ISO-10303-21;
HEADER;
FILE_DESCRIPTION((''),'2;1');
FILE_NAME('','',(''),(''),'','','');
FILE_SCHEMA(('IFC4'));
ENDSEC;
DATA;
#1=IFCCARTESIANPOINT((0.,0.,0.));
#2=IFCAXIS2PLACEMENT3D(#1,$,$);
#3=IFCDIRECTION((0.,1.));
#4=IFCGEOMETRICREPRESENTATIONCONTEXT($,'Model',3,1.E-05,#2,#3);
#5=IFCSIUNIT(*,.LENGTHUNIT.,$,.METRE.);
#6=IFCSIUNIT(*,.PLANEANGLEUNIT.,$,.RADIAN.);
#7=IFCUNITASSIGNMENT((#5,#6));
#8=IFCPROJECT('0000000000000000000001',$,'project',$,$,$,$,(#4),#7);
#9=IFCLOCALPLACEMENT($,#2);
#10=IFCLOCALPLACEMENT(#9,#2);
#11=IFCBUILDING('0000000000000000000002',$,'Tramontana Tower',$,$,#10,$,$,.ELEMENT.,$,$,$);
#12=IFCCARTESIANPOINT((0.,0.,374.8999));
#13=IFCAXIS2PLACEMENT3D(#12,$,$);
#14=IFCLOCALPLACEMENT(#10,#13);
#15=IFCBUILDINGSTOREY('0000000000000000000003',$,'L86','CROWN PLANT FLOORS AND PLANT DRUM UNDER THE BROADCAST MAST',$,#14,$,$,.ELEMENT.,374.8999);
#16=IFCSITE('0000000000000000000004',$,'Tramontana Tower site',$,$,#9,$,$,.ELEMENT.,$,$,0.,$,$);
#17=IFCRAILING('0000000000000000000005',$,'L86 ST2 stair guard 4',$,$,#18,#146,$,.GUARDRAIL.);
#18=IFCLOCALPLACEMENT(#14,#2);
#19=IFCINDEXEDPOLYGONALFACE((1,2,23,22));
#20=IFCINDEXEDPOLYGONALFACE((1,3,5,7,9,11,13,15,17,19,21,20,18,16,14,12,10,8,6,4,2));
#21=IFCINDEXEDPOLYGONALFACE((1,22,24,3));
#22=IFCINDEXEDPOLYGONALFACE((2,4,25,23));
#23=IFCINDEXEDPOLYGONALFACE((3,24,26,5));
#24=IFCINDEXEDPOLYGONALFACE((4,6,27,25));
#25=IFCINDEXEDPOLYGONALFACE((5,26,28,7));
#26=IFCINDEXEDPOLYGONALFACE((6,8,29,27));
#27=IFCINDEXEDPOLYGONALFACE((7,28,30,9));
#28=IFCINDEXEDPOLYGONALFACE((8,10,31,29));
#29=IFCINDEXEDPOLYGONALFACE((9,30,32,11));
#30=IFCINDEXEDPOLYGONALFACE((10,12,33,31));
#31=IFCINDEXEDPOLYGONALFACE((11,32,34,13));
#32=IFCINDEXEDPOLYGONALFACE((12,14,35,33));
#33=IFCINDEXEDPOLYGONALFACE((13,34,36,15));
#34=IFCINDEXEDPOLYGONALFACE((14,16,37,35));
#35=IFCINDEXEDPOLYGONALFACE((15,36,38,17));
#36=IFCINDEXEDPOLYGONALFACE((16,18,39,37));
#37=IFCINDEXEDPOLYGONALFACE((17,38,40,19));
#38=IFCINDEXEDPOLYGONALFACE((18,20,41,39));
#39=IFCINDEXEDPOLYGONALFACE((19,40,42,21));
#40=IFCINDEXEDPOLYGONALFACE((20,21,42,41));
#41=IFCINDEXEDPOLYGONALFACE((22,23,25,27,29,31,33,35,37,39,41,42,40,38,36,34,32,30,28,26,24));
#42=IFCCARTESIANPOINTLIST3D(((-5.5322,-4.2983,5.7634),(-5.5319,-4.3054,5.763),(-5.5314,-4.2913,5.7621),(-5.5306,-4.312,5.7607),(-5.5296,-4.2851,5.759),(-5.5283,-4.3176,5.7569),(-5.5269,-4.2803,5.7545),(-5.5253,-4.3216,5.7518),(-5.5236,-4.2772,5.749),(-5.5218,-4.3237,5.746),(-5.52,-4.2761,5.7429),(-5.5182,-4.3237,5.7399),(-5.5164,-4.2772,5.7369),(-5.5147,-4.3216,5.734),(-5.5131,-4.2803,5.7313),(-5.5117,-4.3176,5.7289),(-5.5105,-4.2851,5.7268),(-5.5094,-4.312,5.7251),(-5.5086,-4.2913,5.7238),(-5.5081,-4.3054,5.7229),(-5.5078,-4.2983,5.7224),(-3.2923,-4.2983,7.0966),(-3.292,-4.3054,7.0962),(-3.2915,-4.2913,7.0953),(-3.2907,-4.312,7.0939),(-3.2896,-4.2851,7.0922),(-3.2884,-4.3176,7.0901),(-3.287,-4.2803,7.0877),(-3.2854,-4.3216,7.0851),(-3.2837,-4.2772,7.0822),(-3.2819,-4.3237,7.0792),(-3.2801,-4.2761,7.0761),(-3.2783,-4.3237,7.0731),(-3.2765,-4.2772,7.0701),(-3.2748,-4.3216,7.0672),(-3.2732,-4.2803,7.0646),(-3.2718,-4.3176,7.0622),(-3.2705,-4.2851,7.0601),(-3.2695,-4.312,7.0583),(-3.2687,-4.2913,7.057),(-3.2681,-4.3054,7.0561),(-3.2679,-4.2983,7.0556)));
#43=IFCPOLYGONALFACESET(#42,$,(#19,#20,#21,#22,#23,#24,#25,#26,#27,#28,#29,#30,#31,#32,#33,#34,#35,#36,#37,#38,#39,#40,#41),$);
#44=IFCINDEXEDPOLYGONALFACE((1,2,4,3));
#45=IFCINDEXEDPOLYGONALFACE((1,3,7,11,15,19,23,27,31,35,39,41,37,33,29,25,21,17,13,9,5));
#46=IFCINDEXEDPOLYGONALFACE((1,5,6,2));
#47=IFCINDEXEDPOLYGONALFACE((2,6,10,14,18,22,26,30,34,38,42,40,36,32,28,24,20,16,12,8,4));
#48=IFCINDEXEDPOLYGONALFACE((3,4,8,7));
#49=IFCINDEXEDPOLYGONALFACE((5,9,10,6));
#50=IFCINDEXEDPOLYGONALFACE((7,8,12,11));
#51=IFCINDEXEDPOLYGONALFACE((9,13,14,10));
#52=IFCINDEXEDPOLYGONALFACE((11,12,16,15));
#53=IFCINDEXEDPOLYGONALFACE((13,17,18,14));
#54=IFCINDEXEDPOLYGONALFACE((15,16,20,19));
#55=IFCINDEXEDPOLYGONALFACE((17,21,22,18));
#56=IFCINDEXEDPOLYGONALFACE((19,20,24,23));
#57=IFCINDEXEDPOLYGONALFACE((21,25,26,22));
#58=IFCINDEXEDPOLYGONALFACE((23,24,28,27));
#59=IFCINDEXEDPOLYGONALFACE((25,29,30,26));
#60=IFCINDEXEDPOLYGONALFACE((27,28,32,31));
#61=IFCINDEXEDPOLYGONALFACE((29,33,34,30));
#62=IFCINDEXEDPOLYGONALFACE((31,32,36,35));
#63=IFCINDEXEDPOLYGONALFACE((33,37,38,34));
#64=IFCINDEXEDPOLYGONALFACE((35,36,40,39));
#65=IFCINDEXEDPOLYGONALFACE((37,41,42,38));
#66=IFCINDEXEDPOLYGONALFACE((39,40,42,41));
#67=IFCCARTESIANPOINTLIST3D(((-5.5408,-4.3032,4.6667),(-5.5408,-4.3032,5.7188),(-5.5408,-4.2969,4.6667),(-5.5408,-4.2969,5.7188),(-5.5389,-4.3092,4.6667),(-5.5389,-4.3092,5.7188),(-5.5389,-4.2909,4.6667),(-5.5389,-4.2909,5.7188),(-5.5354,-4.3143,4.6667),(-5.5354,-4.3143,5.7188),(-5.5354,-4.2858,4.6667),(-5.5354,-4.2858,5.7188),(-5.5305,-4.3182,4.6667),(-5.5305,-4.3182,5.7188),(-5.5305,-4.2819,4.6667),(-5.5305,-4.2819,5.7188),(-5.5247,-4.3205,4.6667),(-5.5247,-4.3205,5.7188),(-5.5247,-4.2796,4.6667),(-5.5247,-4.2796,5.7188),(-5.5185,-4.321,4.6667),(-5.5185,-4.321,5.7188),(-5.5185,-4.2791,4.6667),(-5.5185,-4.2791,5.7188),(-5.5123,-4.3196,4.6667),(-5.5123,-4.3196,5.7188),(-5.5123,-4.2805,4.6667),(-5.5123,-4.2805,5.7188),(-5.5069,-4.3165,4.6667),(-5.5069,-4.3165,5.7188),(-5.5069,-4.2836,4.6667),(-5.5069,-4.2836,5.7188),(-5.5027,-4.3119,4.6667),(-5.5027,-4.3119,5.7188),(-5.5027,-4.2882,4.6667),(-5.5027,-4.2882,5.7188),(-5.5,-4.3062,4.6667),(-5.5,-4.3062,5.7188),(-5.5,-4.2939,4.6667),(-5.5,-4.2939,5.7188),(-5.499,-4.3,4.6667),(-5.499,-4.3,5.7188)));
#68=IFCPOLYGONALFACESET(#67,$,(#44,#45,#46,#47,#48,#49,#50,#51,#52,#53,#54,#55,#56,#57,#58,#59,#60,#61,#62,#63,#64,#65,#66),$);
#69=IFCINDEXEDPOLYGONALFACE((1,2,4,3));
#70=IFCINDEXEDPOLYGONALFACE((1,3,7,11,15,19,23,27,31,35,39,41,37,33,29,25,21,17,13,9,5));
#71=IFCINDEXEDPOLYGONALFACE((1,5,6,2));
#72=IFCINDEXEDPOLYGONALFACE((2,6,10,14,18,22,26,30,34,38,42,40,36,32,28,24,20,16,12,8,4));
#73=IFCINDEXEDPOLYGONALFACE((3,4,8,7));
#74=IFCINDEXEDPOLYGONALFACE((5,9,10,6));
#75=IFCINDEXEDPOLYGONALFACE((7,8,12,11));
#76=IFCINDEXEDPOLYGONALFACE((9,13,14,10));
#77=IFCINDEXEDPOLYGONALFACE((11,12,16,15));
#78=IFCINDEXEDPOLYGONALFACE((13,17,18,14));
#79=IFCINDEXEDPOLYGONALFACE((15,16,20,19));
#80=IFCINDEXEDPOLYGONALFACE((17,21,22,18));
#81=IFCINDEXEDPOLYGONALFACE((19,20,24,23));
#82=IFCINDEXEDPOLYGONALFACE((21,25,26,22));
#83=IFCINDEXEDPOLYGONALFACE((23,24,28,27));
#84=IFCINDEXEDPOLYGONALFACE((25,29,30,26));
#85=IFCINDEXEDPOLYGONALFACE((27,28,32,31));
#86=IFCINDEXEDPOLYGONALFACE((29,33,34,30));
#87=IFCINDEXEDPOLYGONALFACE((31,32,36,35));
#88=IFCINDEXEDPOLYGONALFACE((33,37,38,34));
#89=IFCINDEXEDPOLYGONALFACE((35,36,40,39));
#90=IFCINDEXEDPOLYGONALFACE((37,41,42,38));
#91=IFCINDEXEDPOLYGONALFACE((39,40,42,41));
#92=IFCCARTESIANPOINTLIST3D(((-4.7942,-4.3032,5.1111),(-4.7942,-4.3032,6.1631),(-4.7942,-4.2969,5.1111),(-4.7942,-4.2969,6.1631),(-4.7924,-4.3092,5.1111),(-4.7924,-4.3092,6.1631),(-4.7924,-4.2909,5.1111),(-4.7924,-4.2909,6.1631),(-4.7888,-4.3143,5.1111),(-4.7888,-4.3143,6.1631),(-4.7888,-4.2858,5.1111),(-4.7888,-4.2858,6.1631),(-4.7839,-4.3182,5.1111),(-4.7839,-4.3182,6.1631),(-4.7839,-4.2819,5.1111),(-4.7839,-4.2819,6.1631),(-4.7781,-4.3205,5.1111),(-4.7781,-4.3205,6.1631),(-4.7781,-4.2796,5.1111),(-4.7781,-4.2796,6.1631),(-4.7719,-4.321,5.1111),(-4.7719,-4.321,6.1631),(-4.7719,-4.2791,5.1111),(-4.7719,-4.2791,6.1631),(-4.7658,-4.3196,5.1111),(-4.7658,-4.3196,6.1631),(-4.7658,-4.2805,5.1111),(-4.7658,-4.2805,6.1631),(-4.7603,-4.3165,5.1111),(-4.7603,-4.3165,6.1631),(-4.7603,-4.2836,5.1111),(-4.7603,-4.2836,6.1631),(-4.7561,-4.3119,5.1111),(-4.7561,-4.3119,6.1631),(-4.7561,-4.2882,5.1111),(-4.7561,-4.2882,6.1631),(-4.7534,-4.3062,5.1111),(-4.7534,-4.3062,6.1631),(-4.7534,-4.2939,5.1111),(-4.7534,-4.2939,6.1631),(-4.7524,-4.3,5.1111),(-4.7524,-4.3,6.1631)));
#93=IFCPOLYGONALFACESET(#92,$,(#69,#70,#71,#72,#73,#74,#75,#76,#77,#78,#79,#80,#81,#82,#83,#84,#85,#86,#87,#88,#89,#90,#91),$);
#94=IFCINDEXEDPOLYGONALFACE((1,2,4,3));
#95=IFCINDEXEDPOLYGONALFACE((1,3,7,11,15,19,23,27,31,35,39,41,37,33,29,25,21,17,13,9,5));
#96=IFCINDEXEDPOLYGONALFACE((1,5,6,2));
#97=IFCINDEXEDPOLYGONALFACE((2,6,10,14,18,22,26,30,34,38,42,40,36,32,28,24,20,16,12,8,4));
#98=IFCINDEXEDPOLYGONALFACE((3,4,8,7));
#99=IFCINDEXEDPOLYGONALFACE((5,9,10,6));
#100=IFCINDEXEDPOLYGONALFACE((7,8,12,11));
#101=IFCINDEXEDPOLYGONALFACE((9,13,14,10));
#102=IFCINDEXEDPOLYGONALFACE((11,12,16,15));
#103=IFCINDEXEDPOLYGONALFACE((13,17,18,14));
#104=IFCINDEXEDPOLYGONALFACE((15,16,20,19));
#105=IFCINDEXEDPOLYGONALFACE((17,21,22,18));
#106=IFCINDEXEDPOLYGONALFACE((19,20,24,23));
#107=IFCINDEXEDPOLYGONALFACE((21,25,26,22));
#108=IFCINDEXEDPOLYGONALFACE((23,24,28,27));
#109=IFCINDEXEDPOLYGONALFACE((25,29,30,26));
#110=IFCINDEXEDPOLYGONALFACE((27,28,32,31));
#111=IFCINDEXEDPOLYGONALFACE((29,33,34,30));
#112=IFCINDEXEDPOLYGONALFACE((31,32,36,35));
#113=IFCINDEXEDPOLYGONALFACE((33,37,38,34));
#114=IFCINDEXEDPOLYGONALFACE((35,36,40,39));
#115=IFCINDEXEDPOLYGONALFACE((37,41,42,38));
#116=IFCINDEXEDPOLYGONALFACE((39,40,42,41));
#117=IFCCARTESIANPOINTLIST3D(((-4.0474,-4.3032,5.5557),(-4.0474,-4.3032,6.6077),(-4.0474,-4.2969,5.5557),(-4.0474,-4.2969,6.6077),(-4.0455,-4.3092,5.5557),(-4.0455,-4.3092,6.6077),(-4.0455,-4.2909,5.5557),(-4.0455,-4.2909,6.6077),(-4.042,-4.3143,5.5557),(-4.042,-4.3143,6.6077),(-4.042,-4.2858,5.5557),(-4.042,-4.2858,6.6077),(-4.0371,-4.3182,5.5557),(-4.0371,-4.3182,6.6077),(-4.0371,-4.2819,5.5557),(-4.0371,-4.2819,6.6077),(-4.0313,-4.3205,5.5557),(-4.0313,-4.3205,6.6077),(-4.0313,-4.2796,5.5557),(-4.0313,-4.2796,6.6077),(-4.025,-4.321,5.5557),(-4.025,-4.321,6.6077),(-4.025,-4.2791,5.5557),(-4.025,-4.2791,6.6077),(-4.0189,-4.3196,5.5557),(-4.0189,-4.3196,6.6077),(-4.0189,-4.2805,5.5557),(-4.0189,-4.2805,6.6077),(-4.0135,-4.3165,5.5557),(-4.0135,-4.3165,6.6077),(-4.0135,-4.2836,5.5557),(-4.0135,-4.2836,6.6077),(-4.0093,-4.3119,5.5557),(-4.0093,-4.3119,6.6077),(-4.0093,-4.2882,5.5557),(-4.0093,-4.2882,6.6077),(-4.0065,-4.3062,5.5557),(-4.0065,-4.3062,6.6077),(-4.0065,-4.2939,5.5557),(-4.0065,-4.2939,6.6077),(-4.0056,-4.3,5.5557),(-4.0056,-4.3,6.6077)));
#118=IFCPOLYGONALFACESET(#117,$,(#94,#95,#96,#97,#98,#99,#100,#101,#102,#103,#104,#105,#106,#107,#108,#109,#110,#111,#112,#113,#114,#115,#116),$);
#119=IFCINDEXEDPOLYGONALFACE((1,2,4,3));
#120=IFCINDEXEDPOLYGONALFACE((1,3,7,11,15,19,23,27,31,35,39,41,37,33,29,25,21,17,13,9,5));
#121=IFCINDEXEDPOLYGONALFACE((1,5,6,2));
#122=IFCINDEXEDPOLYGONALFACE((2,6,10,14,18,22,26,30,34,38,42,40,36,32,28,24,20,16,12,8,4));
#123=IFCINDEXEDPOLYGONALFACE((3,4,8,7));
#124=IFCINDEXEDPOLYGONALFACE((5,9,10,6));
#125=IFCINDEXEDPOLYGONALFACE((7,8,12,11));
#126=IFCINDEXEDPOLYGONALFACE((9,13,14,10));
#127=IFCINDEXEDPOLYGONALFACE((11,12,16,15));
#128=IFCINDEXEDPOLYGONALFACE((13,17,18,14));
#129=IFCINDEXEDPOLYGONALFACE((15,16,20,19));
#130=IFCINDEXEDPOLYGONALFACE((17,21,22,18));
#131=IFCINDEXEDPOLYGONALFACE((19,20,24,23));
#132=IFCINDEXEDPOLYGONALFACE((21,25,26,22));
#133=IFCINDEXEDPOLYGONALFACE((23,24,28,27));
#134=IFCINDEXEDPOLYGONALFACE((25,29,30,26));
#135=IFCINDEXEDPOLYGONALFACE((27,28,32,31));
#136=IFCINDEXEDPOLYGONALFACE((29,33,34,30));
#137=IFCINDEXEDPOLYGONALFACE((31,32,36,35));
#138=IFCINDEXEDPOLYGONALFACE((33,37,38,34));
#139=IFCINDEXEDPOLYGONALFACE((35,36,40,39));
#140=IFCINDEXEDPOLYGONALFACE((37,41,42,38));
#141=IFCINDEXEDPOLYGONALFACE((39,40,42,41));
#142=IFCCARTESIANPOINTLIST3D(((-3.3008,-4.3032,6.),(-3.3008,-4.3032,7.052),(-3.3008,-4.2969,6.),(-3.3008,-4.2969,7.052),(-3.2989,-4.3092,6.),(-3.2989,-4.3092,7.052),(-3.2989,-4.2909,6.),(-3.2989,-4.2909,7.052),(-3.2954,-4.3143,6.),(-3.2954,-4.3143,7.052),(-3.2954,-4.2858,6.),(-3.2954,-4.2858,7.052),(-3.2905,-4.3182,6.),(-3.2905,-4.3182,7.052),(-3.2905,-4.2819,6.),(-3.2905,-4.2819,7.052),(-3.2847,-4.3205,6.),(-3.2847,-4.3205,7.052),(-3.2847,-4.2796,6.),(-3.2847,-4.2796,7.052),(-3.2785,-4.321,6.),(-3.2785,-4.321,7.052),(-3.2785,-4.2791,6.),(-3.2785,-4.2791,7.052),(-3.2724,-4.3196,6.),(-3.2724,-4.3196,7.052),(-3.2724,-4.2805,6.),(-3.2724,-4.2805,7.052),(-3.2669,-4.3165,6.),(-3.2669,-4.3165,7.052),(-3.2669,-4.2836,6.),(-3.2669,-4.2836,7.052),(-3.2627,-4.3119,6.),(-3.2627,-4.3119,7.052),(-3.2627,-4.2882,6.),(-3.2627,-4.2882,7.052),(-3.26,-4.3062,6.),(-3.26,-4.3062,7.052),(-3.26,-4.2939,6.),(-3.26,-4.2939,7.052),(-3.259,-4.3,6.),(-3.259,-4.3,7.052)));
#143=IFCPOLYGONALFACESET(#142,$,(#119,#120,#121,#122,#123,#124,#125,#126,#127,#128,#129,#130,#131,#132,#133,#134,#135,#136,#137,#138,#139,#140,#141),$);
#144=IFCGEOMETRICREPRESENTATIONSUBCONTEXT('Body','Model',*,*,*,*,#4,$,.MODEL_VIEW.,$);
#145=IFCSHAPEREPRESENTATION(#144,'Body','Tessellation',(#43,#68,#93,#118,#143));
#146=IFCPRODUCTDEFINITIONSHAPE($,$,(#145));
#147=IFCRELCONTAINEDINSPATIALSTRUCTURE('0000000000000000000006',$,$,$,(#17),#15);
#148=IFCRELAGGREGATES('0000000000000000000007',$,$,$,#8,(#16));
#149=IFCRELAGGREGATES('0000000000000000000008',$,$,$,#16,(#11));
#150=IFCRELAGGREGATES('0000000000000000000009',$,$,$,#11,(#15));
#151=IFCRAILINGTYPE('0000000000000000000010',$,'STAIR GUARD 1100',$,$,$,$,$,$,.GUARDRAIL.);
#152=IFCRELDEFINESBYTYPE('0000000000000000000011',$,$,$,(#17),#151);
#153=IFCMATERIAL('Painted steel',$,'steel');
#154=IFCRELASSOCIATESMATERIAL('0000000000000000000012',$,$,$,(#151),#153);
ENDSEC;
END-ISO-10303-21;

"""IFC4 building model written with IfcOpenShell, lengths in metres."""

from ifc_helpers import new_model, si_unit, direction, frame, origin, origin_2d, place, context, subcontext, project, spatial, circle, extrude, material, type_object, element, save


model = new_model("IFC4")

# Units and contexts
model_context = context("Model", 3, precision=1e-05, world=origin(), true_north=direction((0.0, 1.0)))
body_context = subcontext(model_context, "Body", "Model", "MODEL_VIEW")
ifc_project = project(units=[si_unit("LENGTHUNIT", "METRE"), si_unit("PLANEANGLEUNIT", "RADIAN")], contexts=[model_context])

# Site, building, storey
site_placement = place(None, origin())
site = spatial("IfcSite", under=ifc_project, at=site_placement, Name="Tramontana Tower site", CompositionType="ELEMENT", RefElevation=0.0)
building_placement = place(site_placement, origin())
building = spatial("IfcBuilding", under=site, at=building_placement, Name="Tramontana Tower", CompositionType="ELEMENT")
storey_placement = place(building_placement, frame((0.0, 0.0, 374.8999)))
storey = spatial("IfcBuildingStorey", under=building, at=storey_placement, Name="L86", Description="CROWN PLANT FLOORS AND PLANT DRUM UNDER THE BROADCAST MAST", CompositionType="ELEMENT", Elevation=374.8999)

# Railing
ifc_material_1 = material(Name="Painted steel", Category="steel")
railing_type_1 = type_object("IfcRailingType", Name="STAIR GUARD 1100", PredefinedType="GUARDRAIL", material=ifc_material_1)
for number, where, name in (
    (1, (-5.52, -4.3, 4.6667), "L86 ST2 stair guard 4"),
):
    element("IfcRailing", number, at=place(storey_placement, frame(where)), inside=storey, type_object=railing_type_1, Name=name, PredefinedType="GUARDRAIL", context=body_context, shape_type="SweptSolid", body=[
        extrude(circle(Radius=0.0239, at=origin_2d()), frame((0.0, 0.0, 1.0762), z_axis=(0.859306, 0.0, 0.511462), x_axis=(0.0, 1.0, 0.0)), (0.0, 0.0, 1.0), 2.6067),
        extrude(circle(Radius=0.021, at=origin_2d()), origin(), (0.0, 0.0, 1.0), 1.052),
        extrude(circle(Radius=0.021, at=origin_2d()), frame((0.7466, 0.0, 0.4443)), (0.0, 0.0, 1.0), 1.052),
        extrude(circle(Radius=0.021, at=origin_2d()), frame((1.4934, 0.0, 0.8889)), (0.0, 0.0, 1.0), 1.052),
        extrude(circle(Radius=0.021, at=origin_2d()), frame((2.24, 0.0, 1.3333)), (0.0, 0.0, 1.0), 1.052),
    ])

save(model, "model.ifc")
